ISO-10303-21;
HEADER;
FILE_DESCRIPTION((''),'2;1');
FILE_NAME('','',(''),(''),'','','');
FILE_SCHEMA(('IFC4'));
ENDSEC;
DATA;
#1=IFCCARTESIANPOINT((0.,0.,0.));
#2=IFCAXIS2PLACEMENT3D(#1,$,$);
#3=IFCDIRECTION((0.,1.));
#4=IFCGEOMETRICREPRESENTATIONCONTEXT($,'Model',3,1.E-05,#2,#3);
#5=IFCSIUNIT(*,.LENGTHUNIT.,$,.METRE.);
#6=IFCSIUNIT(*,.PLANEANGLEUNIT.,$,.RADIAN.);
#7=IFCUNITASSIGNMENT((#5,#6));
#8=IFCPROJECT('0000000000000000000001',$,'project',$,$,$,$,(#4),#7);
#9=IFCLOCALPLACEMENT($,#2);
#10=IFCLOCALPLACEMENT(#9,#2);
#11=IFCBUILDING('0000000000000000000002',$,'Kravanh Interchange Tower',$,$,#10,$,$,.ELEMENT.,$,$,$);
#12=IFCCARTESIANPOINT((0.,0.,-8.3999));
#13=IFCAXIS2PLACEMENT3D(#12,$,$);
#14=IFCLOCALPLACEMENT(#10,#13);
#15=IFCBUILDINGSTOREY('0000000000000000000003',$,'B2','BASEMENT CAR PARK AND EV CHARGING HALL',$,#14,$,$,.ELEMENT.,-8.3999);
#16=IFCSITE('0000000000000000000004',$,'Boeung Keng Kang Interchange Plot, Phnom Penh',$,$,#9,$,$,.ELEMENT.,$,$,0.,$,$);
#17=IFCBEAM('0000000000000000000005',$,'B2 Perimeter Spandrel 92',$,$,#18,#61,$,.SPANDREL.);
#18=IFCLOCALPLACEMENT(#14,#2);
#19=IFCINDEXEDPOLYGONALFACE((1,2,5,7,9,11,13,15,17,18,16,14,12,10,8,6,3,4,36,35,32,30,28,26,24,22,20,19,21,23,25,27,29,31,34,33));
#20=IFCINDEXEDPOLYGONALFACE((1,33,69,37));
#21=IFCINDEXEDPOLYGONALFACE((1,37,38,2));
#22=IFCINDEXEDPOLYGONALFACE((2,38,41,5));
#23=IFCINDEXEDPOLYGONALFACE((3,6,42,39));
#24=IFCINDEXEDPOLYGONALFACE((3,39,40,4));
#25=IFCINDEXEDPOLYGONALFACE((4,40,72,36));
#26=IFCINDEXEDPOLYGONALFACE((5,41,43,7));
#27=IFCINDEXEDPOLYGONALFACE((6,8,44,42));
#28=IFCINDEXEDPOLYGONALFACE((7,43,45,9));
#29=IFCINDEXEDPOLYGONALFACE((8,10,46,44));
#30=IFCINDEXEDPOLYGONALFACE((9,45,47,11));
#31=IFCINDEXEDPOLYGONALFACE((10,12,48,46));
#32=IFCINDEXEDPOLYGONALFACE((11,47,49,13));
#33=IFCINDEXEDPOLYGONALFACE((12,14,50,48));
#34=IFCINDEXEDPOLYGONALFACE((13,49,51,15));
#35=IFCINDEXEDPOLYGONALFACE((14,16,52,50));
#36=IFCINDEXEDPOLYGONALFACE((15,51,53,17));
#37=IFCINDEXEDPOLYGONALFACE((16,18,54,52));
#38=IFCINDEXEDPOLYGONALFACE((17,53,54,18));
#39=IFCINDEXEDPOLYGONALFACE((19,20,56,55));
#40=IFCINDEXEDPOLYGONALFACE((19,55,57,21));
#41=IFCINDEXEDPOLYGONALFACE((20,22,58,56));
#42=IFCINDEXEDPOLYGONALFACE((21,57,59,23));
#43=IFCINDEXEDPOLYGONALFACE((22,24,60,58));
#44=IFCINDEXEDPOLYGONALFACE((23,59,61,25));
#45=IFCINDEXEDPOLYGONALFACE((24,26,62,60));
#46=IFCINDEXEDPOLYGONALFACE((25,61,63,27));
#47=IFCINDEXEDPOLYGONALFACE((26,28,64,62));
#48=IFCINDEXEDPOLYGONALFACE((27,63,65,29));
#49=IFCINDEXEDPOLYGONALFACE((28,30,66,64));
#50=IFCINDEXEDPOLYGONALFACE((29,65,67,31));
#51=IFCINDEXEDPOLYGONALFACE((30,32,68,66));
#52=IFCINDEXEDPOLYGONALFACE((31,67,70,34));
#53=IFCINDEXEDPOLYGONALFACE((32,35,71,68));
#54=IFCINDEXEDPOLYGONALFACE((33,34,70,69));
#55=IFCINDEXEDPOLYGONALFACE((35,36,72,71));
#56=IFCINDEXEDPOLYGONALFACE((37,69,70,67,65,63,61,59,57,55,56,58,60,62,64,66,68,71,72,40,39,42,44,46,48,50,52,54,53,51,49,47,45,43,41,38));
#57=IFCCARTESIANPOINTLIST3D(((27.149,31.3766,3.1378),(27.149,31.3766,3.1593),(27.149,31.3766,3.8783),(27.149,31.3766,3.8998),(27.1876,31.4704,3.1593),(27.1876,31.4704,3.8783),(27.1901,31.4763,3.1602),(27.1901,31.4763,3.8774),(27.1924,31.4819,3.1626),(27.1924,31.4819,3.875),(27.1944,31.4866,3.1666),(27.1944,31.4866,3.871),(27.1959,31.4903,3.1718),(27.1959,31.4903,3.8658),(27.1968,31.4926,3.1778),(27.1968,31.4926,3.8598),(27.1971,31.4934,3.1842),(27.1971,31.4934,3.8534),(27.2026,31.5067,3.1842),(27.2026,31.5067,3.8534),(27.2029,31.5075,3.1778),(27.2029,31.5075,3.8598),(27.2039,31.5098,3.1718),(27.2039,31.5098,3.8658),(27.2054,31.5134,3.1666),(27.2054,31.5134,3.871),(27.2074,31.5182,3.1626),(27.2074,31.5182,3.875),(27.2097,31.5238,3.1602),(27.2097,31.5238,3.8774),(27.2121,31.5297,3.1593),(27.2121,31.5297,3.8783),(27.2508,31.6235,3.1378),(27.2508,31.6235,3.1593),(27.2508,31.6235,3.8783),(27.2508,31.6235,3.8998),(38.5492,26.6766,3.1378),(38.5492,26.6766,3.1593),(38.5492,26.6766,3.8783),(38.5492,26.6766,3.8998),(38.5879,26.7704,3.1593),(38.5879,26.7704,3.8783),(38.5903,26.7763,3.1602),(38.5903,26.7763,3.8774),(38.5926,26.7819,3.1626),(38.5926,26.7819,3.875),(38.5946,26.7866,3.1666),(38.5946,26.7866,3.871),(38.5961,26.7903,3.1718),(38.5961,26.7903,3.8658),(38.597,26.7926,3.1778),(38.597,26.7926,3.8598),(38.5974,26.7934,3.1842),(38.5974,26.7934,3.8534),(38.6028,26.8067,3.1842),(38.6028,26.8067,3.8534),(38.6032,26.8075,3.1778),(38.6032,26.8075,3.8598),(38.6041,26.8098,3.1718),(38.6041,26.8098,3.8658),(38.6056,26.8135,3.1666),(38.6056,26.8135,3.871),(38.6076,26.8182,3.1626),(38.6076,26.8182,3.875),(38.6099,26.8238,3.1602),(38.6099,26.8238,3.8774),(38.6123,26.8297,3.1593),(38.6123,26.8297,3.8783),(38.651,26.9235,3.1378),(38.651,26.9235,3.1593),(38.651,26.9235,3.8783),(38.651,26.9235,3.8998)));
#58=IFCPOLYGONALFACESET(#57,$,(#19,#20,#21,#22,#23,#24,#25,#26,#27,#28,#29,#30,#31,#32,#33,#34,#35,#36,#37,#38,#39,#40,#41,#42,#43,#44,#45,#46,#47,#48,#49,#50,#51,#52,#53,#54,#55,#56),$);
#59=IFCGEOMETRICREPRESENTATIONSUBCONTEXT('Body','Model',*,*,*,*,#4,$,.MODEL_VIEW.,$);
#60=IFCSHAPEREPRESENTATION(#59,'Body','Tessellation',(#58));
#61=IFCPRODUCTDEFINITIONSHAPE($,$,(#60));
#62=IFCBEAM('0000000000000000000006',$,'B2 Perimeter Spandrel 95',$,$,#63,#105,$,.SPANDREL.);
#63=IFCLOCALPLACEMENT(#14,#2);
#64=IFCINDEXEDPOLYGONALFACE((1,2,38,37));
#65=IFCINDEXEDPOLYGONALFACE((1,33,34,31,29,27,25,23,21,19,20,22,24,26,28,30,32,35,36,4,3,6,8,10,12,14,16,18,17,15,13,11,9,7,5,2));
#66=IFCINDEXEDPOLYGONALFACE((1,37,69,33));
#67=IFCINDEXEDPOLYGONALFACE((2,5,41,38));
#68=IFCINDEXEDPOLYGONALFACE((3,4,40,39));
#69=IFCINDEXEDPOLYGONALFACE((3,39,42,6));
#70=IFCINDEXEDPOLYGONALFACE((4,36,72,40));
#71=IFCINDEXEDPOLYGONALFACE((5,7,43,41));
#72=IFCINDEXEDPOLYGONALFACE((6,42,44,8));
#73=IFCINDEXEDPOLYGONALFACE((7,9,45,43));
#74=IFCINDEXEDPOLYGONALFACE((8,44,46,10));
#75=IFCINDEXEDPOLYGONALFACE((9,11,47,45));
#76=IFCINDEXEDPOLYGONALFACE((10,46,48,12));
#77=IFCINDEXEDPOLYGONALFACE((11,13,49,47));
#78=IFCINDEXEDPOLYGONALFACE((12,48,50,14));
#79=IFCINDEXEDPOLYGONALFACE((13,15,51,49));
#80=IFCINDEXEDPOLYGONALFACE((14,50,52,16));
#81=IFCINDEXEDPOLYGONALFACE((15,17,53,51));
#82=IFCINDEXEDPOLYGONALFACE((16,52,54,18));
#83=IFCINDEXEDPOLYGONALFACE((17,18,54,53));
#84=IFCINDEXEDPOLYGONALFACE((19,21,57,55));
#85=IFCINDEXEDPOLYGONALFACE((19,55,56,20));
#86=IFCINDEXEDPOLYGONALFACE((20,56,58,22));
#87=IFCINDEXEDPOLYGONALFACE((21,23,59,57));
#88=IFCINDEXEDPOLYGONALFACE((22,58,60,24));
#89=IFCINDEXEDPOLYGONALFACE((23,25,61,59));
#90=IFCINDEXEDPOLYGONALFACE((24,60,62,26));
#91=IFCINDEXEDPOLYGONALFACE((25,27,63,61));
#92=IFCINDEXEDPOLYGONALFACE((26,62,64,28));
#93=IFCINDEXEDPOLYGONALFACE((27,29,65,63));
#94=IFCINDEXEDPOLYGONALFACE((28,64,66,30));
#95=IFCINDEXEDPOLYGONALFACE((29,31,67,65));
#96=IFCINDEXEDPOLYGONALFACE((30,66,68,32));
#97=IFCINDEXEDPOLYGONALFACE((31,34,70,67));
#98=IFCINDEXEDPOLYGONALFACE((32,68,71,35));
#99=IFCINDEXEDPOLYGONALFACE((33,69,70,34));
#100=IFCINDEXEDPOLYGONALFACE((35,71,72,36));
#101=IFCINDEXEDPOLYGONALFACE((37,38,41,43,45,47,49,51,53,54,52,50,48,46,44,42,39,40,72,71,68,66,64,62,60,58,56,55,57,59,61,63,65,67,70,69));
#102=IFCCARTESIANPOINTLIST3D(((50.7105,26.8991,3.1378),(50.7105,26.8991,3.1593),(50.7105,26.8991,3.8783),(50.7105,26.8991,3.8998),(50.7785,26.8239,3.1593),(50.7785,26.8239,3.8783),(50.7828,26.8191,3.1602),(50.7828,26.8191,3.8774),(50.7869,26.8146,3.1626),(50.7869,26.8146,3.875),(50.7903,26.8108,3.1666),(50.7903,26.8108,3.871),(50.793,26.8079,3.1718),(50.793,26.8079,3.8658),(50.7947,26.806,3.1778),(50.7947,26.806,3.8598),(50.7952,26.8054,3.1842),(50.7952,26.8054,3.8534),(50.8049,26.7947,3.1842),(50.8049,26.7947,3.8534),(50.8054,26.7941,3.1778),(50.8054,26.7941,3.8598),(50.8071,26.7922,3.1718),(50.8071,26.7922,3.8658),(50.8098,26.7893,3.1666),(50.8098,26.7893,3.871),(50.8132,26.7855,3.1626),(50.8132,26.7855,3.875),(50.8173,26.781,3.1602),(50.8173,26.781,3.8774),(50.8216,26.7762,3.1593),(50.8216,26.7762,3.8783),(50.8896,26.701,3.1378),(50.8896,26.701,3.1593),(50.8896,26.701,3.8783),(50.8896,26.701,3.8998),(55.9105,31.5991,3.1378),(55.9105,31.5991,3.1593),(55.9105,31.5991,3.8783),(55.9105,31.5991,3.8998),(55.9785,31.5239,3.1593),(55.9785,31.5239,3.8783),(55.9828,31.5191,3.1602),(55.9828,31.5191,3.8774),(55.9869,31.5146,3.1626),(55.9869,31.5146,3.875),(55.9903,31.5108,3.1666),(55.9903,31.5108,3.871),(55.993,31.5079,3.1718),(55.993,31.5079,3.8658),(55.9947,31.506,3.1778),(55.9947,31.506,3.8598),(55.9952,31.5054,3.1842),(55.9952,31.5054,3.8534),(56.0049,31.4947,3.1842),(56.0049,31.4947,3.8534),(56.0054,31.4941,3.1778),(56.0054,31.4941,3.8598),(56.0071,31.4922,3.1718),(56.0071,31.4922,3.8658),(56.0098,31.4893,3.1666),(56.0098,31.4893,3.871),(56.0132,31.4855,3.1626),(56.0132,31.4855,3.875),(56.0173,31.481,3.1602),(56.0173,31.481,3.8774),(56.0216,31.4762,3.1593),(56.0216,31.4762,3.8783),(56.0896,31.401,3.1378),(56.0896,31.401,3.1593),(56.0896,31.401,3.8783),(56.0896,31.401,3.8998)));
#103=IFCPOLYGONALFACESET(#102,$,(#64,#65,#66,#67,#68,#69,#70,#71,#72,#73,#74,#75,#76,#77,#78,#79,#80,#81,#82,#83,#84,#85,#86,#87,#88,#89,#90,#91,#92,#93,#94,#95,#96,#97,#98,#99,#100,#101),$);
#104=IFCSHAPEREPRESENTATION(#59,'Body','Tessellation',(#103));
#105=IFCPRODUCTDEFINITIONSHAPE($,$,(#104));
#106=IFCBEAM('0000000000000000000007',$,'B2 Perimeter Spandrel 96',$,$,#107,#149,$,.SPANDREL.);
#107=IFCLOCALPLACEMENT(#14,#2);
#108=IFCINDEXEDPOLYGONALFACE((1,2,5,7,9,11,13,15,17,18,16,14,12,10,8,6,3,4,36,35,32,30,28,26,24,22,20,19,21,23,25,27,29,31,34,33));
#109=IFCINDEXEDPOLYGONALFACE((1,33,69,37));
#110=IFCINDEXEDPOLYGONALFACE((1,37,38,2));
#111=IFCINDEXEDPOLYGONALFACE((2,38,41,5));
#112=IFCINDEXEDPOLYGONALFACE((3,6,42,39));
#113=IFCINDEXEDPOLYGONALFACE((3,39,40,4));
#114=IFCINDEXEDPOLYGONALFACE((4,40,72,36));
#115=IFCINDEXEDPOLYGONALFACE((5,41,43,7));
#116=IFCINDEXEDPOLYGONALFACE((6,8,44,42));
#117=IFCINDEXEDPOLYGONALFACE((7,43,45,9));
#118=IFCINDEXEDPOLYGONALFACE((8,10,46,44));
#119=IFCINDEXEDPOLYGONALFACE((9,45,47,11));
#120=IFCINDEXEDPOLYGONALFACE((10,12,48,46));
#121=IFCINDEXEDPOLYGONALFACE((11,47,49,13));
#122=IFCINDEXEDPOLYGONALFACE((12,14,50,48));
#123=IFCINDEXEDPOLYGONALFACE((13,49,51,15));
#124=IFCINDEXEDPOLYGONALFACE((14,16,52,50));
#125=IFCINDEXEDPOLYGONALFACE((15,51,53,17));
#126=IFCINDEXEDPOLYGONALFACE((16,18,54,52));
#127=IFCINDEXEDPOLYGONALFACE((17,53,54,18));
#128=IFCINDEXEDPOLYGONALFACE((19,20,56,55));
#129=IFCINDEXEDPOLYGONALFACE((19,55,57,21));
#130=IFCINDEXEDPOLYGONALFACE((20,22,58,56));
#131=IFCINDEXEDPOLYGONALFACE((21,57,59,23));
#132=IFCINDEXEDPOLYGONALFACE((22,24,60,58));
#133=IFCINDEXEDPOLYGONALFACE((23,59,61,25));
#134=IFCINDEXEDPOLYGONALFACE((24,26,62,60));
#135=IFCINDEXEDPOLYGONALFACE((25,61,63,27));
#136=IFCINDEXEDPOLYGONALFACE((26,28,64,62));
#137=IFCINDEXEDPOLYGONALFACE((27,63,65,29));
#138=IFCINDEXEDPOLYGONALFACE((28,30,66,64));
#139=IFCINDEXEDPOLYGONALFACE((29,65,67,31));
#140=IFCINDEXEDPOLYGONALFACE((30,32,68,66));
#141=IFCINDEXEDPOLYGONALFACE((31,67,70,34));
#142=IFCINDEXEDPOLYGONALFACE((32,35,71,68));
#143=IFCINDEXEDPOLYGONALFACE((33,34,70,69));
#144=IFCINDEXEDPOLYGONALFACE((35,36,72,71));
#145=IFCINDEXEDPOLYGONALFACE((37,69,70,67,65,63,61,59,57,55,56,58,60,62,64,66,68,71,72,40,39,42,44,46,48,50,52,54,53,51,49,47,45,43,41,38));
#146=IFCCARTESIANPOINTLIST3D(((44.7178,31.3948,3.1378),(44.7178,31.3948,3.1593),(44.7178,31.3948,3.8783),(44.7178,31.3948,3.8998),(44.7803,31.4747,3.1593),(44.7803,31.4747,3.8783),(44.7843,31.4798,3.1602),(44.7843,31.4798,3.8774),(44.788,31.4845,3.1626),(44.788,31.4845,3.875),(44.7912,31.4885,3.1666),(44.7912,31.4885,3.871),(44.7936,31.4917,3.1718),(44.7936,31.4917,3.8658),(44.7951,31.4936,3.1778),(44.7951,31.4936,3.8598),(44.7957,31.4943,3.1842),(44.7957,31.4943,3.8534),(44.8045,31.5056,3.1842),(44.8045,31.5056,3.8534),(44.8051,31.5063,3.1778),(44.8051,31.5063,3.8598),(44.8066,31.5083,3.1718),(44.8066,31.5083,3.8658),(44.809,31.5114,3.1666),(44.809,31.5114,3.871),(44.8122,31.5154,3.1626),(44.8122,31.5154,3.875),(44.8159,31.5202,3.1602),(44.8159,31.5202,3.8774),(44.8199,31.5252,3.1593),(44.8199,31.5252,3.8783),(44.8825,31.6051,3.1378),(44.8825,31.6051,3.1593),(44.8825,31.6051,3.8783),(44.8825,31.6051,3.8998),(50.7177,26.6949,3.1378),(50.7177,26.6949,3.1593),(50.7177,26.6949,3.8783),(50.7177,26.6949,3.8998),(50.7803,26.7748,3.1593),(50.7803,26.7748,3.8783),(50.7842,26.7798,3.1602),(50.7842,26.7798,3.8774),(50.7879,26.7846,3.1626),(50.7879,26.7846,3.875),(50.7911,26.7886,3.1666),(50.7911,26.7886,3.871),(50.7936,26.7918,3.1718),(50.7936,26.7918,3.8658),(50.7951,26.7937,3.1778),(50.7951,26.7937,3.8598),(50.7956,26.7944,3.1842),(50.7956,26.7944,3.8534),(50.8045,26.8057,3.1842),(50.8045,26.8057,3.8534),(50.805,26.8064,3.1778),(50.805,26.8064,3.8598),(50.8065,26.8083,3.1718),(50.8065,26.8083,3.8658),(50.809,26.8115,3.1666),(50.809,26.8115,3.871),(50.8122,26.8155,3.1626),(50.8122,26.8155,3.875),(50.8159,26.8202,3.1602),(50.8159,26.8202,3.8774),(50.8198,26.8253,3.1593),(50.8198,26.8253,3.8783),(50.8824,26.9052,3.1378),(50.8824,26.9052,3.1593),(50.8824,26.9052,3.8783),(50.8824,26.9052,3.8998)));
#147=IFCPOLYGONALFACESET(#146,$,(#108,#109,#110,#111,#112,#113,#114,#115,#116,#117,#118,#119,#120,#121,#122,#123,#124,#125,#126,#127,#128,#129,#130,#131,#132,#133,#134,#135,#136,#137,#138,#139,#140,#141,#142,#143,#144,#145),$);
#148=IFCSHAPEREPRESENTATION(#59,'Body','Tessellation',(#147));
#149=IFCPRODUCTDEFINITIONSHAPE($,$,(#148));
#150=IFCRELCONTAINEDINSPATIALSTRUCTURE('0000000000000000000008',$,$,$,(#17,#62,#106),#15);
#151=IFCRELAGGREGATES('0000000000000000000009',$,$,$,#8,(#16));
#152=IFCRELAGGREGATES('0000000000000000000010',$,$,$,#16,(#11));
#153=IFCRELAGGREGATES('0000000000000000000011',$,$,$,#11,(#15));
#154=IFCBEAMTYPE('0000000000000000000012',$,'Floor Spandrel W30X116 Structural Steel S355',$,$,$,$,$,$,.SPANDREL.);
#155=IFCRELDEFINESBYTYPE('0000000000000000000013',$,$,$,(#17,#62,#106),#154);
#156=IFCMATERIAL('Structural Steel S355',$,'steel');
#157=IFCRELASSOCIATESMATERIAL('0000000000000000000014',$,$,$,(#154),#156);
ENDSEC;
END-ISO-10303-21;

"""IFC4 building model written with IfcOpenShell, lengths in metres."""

from ifc_helpers import new_model, si_unit, direction, frame, origin, origin_2d, place, context, subcontext, project, spatial, i_section, extrude, material, material_profile, profile_set, type_object, element, save


model = new_model("IFC4")

# Units and contexts
model_context = context("Model", 3, precision=1e-05, world=origin(), true_north=direction((0.0, 1.0)))
body_context = subcontext(model_context, "Body", "Model", "MODEL_VIEW")
ifc_project = project(units=[si_unit("LENGTHUNIT", "METRE"), si_unit("PLANEANGLEUNIT", "RADIAN")], contexts=[model_context])

# Site, building, storey
site_placement = place(None, origin())
site = spatial("IfcSite", under=ifc_project, at=site_placement, Name="Boeung Keng Kang Interchange Plot, Phnom Penh", CompositionType="ELEMENT", RefElevation=0.0)
building_placement = place(site_placement, origin())
building = spatial("IfcBuilding", under=site, at=building_placement, Name="Kravanh Interchange Tower", CompositionType="ELEMENT")
storey_placement = place(building_placement, frame((0.0, 0.0, -8.3999)))
storey = spatial("IfcBuildingStorey", under=building, at=storey_placement, Name="B2", Description="BASEMENT CAR PARK AND EV CHARGING HALL", CompositionType="ELEMENT", Elevation=-8.3999)

# Beams
ifc_material_1 = material(Name="Structural Steel S355", Category="steel")
ifc_material_profile_1 = material_profile(ifc_material_1, i_section(OverallWidth=0.2671, OverallDepth=0.762, WebThickness=0.0144, FlangeThickness=0.0215, FilletRadius=0.0249, at=origin_2d()), Name="W30X116")
ifc_profile_set_1 = profile_set([ifc_material_profile_1], Name="Structural Steel S355")
beam_type_1 = type_object("IfcBeamType", Name="Floor Spandrel W30X116 Structural Steel S355", PredefinedType="SPANDREL", material=ifc_profile_set_1)
beam_1_placement = place(storey_placement, frame((38.6001, 26.8, 3.5188), z_axis=(-0.924513, 0.38115, 0.0), x_axis=(-0.38115, -0.924513, 0.0)))
element("IfcBeam", 1, at=beam_1_placement, inside=storey, type_object=beam_type_1, Name="B2 Perimeter Spandrel 92", PredefinedType="SPANDREL", context=body_context, shape_type="SweptSolid", body=[
    extrude(i_section(OverallWidth=0.2671, OverallDepth=0.762, WebThickness=0.0144, FlangeThickness=0.0215, FilletRadius=0.0249, at=origin_2d()), origin(), (0.0, 0.0, 1.0), 12.3311),
])
beam_2_placement = place(storey_placement, frame((50.8, 26.8, 3.5188), z_axis=(0.741874, 0.670539, 0.0), x_axis=(-0.670539, 0.741874, 0.0)))
element("IfcBeam", 2, at=beam_2_placement, inside=storey, type_object=beam_type_1, Name="B2 Perimeter Spandrel 95", PredefinedType="SPANDREL", context=body_context, shape_type="SweptSolid", body=[
    extrude(i_section(OverallWidth=0.2671, OverallDepth=0.762, WebThickness=0.0144, FlangeThickness=0.0215, FilletRadius=0.0249, at=origin_2d()), origin(), (0.0, 0.0, 1.0), 7.0093),
])
beam_3_placement = place(storey_placement, frame((50.8, 26.8, 3.5188), z_axis=(-0.787231, 0.616658, 0.0), x_axis=(-0.616658, -0.787231, 0.0)))
element("IfcBeam", 3, at=beam_3_placement, inside=storey, type_object=beam_type_1, Name="B2 Perimeter Spandrel 96", PredefinedType="SPANDREL", context=body_context, shape_type="SweptSolid", body=[
    extrude(i_section(OverallWidth=0.2671, OverallDepth=0.762, WebThickness=0.0144, FlangeThickness=0.0215, FilletRadius=0.0249, at=origin_2d()), origin(), (0.0, 0.0, 1.0), 7.6216),
])

save(model, "model.ifc")
